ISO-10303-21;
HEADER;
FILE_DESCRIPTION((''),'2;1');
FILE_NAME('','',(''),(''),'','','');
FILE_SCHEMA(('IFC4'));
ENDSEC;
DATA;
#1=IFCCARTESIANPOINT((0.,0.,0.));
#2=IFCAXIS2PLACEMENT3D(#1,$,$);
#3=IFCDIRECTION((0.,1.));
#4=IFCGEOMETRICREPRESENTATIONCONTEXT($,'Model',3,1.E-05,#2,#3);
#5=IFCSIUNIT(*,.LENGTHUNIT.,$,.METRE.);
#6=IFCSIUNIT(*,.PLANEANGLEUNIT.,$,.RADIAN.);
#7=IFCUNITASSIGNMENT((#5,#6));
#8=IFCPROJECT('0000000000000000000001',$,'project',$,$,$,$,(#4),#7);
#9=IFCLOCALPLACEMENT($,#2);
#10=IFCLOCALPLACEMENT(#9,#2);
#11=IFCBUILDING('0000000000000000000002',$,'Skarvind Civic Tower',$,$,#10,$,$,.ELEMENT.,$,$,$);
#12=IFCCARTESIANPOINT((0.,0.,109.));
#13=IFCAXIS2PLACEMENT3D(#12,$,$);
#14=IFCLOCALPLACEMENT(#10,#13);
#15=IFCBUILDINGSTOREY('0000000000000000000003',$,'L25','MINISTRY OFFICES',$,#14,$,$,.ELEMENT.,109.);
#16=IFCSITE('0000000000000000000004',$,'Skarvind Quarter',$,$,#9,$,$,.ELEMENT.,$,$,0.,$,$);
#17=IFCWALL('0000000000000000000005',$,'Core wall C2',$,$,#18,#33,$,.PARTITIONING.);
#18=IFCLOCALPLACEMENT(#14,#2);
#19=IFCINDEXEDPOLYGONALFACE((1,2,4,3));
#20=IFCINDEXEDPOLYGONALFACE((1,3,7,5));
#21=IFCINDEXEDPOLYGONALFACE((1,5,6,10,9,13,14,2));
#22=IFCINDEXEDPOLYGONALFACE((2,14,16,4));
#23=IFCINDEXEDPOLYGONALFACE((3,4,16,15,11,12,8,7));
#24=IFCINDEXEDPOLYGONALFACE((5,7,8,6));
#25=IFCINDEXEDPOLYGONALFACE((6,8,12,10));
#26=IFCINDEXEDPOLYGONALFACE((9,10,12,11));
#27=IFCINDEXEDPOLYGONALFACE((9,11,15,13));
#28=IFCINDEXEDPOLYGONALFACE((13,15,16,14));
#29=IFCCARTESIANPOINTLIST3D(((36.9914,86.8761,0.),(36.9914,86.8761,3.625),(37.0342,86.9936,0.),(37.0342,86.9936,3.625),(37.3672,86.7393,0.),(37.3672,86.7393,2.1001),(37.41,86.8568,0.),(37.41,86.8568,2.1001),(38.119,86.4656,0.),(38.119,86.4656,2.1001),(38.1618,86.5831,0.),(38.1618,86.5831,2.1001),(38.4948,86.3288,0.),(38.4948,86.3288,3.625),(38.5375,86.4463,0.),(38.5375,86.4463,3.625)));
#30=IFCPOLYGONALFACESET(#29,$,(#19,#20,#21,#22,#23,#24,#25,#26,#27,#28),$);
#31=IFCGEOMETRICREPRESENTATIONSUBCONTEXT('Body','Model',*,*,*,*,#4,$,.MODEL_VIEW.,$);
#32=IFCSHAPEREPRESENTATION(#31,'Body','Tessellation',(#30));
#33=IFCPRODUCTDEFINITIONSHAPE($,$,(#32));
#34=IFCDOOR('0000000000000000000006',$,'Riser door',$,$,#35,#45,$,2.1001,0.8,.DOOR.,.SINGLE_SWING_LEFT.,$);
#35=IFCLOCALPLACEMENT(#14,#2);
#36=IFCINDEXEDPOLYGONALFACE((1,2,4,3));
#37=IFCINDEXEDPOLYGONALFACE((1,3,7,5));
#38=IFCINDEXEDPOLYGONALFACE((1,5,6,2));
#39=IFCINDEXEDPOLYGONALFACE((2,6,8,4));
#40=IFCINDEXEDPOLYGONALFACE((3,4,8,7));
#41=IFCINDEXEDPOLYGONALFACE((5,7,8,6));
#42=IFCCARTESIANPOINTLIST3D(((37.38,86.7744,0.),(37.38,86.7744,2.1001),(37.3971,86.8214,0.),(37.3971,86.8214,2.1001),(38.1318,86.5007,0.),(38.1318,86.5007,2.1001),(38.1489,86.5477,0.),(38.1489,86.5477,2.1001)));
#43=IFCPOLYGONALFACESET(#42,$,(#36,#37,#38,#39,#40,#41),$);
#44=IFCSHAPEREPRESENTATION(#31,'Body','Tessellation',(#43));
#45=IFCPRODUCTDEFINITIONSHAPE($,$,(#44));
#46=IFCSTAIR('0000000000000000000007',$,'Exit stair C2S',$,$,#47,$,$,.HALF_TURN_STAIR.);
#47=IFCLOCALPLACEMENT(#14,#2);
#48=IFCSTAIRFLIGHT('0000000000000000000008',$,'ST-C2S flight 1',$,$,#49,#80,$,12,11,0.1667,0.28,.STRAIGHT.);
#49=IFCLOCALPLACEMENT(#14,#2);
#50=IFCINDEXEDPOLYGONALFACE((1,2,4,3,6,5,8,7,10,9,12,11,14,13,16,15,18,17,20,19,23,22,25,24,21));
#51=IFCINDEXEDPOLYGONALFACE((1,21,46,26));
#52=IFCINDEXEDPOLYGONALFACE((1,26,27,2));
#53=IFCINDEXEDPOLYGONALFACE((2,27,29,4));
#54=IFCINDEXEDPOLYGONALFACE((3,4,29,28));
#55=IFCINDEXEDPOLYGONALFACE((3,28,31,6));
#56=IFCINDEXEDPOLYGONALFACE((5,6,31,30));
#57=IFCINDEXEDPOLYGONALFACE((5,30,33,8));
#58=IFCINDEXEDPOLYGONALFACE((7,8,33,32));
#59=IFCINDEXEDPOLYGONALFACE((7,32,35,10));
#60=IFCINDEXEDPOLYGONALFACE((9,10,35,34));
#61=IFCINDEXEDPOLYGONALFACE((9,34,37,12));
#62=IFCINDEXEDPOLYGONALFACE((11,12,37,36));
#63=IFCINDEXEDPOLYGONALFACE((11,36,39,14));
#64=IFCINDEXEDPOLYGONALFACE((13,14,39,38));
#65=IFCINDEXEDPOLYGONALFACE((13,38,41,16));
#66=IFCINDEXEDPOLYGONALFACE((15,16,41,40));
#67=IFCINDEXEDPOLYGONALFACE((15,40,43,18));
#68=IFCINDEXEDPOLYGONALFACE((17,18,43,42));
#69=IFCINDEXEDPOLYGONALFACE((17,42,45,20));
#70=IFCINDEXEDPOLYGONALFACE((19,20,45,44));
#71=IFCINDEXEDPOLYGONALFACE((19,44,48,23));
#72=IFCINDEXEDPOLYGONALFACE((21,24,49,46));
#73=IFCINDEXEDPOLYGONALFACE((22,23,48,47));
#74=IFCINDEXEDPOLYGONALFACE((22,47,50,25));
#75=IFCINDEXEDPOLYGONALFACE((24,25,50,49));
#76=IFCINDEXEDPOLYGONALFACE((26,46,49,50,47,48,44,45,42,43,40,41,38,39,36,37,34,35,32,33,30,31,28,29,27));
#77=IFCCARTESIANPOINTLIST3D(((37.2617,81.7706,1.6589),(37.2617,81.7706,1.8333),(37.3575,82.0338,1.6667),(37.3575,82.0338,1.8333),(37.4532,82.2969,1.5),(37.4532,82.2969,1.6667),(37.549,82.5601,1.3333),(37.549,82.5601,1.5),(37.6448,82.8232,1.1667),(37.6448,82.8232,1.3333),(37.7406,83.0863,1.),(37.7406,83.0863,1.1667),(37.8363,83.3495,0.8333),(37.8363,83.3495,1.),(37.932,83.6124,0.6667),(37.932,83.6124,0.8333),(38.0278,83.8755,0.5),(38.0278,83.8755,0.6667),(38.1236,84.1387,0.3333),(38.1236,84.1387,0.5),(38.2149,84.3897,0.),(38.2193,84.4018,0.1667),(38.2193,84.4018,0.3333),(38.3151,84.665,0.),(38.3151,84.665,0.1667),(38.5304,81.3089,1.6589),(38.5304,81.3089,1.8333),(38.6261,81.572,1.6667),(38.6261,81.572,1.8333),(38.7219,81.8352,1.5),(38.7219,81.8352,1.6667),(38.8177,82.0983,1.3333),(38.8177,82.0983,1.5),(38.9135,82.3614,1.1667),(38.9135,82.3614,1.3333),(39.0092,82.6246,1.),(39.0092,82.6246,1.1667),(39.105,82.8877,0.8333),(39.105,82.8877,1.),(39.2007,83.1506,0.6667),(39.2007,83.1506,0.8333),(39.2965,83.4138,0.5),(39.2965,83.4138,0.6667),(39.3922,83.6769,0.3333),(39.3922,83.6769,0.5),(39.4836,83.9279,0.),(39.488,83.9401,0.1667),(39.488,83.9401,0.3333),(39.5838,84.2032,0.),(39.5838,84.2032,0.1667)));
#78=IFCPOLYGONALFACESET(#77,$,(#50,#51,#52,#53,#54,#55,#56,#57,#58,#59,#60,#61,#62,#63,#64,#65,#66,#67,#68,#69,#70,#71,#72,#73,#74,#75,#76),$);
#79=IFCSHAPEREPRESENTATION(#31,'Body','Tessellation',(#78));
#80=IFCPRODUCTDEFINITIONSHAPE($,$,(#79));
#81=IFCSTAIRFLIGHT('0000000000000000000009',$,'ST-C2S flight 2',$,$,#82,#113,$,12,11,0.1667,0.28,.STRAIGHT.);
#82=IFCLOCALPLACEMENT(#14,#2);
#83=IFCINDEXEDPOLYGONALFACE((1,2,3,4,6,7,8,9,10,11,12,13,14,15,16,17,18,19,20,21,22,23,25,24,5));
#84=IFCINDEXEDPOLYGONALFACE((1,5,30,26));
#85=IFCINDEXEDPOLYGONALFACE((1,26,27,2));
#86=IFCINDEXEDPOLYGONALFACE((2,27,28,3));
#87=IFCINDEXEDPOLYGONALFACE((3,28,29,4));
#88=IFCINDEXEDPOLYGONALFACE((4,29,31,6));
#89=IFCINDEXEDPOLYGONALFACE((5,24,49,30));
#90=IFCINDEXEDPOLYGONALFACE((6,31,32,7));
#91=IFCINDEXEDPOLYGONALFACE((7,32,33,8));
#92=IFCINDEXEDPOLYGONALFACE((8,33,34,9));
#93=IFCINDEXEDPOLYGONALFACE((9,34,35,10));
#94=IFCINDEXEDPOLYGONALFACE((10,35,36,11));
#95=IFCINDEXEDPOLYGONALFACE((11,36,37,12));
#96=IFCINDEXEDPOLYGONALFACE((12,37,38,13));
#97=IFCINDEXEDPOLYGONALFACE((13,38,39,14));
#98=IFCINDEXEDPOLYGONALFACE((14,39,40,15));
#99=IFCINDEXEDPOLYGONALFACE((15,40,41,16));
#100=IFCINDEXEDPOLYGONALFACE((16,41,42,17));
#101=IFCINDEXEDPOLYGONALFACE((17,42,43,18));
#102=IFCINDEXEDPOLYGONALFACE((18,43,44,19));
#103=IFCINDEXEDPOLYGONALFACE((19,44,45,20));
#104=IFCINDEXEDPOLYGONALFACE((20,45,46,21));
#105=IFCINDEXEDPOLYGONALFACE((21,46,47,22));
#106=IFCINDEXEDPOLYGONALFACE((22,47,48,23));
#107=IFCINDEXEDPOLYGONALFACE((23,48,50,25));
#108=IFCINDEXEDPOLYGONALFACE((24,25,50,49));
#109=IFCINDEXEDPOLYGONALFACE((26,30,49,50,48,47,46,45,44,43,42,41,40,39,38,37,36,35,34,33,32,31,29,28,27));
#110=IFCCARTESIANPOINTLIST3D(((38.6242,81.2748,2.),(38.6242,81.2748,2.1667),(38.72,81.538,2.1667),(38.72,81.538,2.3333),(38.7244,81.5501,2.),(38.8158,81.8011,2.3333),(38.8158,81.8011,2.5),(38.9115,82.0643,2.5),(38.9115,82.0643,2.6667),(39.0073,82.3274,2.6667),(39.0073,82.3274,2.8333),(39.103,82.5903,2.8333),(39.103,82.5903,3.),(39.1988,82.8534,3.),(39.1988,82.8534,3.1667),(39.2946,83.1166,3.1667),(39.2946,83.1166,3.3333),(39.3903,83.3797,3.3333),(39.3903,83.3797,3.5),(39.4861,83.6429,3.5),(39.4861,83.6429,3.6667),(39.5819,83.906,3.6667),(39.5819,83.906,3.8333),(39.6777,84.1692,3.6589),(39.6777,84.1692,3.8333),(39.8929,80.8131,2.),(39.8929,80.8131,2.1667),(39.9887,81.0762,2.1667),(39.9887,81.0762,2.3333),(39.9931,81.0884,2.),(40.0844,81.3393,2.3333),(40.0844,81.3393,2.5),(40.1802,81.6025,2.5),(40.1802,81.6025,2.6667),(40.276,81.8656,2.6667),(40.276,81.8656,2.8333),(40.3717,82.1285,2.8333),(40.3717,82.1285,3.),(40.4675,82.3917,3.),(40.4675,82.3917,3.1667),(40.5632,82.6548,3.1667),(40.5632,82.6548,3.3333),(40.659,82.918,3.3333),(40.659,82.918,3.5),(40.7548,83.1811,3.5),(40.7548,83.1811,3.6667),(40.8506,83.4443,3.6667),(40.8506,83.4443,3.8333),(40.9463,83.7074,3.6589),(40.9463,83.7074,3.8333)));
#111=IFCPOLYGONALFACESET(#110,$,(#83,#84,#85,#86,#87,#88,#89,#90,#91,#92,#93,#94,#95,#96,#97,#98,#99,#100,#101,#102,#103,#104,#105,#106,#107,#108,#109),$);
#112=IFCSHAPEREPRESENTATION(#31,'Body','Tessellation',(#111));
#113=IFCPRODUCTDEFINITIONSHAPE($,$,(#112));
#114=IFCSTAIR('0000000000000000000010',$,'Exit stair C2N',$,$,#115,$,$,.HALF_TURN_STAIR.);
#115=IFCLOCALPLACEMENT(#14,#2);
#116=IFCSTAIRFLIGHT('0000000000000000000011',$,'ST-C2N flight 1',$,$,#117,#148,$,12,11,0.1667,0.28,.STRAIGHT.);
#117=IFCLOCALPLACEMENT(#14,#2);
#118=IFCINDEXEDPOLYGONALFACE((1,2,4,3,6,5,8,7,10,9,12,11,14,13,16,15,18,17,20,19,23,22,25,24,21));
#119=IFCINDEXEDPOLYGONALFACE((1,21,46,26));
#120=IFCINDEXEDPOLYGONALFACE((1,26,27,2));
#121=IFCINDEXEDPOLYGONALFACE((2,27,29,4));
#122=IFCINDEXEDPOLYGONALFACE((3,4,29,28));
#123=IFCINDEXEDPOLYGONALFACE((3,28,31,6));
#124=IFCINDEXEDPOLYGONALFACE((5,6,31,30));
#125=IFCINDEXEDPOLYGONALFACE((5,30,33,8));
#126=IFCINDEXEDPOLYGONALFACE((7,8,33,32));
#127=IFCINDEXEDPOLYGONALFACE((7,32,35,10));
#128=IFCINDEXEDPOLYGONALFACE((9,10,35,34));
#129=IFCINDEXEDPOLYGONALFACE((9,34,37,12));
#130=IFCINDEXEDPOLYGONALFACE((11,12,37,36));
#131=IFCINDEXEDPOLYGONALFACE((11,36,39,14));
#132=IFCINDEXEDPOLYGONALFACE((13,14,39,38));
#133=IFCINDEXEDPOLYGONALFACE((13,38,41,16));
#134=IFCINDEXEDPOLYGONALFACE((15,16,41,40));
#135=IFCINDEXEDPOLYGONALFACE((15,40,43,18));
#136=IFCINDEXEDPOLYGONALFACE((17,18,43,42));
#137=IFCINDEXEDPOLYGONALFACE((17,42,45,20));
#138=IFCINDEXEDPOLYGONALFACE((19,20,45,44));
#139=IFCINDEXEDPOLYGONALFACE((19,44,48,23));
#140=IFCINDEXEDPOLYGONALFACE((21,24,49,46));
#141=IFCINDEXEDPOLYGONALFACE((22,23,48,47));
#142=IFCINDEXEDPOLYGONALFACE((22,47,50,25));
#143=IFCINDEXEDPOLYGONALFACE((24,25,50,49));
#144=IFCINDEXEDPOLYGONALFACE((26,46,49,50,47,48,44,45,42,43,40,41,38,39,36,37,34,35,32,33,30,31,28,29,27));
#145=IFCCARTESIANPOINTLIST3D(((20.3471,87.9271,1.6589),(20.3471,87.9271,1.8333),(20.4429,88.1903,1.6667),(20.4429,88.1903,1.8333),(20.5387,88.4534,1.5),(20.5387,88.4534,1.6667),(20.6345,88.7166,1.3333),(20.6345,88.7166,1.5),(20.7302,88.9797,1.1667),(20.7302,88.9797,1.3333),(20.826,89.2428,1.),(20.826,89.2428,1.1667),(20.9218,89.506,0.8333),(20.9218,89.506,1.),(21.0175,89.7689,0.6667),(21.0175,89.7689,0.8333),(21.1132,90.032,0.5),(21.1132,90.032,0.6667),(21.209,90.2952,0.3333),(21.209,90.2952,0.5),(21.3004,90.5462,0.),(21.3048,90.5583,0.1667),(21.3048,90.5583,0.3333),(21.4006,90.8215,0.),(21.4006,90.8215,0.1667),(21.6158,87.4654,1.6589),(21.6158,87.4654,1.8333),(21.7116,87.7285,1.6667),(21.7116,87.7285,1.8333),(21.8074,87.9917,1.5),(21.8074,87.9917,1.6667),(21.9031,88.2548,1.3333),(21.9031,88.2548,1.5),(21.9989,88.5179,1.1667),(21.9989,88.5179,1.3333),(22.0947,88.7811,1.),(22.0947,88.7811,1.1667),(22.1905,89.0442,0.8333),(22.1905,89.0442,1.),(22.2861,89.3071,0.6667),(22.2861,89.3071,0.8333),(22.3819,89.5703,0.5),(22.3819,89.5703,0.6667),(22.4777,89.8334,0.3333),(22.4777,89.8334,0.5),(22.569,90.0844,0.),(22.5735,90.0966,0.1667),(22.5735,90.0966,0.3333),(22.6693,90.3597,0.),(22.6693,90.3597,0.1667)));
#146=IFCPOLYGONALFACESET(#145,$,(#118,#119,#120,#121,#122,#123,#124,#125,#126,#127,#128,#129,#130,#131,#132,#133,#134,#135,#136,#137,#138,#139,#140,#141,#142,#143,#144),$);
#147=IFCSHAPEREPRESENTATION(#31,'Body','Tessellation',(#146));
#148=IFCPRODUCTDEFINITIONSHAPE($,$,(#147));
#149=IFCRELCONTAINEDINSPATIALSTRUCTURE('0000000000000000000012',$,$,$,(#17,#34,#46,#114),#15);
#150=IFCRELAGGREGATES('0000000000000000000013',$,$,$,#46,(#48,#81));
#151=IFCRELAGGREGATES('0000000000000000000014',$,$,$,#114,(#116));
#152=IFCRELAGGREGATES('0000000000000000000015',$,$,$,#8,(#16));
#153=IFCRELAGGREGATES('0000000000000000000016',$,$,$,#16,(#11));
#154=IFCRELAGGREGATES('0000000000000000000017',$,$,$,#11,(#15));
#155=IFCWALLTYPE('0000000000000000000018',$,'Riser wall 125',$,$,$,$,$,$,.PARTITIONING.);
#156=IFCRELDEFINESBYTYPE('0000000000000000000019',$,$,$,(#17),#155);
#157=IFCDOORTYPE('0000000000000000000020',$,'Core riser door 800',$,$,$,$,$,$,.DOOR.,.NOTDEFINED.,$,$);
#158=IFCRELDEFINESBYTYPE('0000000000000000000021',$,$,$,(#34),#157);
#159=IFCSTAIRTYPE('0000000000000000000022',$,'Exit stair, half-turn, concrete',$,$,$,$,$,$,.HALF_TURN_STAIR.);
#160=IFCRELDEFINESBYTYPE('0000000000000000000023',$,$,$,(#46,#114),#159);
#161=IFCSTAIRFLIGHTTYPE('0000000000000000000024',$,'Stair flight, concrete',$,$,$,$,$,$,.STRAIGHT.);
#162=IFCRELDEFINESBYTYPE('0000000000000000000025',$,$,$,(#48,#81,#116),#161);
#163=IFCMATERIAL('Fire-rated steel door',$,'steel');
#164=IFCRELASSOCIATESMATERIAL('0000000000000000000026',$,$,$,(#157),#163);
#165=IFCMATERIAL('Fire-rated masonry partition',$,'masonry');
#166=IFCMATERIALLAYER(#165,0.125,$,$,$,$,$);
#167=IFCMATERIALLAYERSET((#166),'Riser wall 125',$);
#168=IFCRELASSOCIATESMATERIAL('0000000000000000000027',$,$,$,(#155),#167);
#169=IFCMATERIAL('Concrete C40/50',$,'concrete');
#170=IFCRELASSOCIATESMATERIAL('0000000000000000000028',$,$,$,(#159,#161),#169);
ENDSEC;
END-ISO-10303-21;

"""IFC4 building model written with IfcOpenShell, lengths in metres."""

from ifc_helpers import new_model, si_unit, direction, frame, frame_2d, origin, place, context, subcontext, project, spatial, polyline, rectangle, outline, extrude, material, layer, layer_set, type_object, element, fill, aggregate, save


model = new_model("IFC4")

# Units and contexts
model_context = context("Model", 3, precision=1e-05, world=origin(), true_north=direction((0.0, 1.0)))
body_context = subcontext(model_context, "Body", "Model", "MODEL_VIEW")
ifc_project = project(units=[si_unit("LENGTHUNIT", "METRE"), si_unit("PLANEANGLEUNIT", "RADIAN")], contexts=[model_context])

# Site, building, storey
site_placement = place(None, origin())
site = spatial("IfcSite", under=ifc_project, at=site_placement, Name="Skarvind Quarter", CompositionType="ELEMENT", RefElevation=0.0)
building_placement = place(site_placement, origin())
building = spatial("IfcBuilding", under=site, at=building_placement, Name="Skarvind Civic Tower", CompositionType="ELEMENT")
storey_placement = place(building_placement, frame((0.0, 0.0, 109.0)))
storey = spatial("IfcBuildingStorey", under=building, at=storey_placement, Name="L25", Description="MINISTRY OFFICES", CompositionType="ELEMENT", Elevation=109.0)

# Shared definitions
ifc_material_1 = material(Name="Fire-rated steel door", Category="steel")

# Shared definitions
door_type_1 = type_object("IfcDoorType", Name="Core riser door 800", OperationType="NOTDEFINED", PredefinedType="DOOR", material=ifc_material_1)

# Wall, opening, door
ifc_material_2 = material(Name="Fire-rated masonry partition", Category="masonry")
ifc_layer_1 = layer(ifc_material_2, 0.125)
ifc_layer_set_1 = layer_set([ifc_layer_1], Name="Riser wall 125")
wall_type_1 = type_object("IfcWallType", Name="Riser wall 125", PredefinedType="PARTITIONING", material=ifc_layer_set_1)
wall_1_placement = place(storey_placement, frame((37.0129, 86.9348, 0.0), z_axis=(0.0, 0.0, 1.0), x_axis=(0.93966, -0.342111, 0.0)))
wall_1 = element("IfcWall", 1, at=wall_1_placement, inside=storey, type_object=wall_type_1, Name="Core wall C2", PredefinedType="PARTITIONING", context=body_context, shape_type="SweptSolid", body=[
    extrude(rectangle(XDim=1.5999, YDim=0.125, at=frame_2d((0.7998, 0.0))), origin(), (0.0, 0.0, 1.0), 3.625),
])
opening_1_placement = place(wall_1_placement, frame((0.3999, 0.0, 0.0)))
opening_1 = element("IfcOpeningElement", 2, at=opening_1_placement, cuts=wall_1, PredefinedType="OPENING", context=body_context, shape_type="SweptSolid", body=[
    extrude(rectangle(XDim=0.8, YDim=2.1001, at=frame_2d((0.3999, 1.05))), frame((0.0, 0.0725, 0.0), z_axis=(0.0, -1.0, 0.0), x_axis=(1.0, 0.0, 0.0)), (0.0, 0.0, 1.0), 0.145),
])
door_1_placement = place(opening_1_placement, origin())
door_1 = element("IfcDoor", 3, at=door_1_placement, inside=storey, type_object=door_type_1, Name="Riser door", OperationType="SINGLE_SWING_LEFT", OverallHeight=2.1001, OverallWidth=0.8, PredefinedType="DOOR", context=body_context, shape_type="SweptSolid", body=[
    extrude(rectangle(XDim=0.8, YDim=2.1001, at=frame_2d((0.3999, 1.05))), frame((0.0, 0.0249, 0.0), z_axis=(0.0, -1.0, 0.0), x_axis=(1.0, 0.0, 0.0)), (0.0, 0.0, 1.0), 0.05),
])
fill(opening_1, door_1)

# Stairs, stair flights
ifc_material_3 = material(Name="Concrete C40/50", Category="concrete")
stair_type = type_object("IfcStairType", Name="Exit stair, half-turn, concrete", PredefinedType="HALF_TURN_STAIR", material=ifc_material_3)
stair_1_placement = place(storey_placement, origin())
stair_1 = element("IfcStair", 4, at=stair_1_placement, inside=storey, type_object=stair_type, Name="Exit stair C2S", PredefinedType="HALF_TURN_STAIR")
stair_flight_type = type_object("IfcStairFlightType", Name="Stair flight, concrete", PredefinedType="STRAIGHT", material=ifc_material_3)
stair_flight_1_placement = place(storey_placement, frame((38.9495, 84.4341, 0.0), z_axis=(0.0, 0.0, 1.0), x_axis=(-0.34202, -0.939693, 0.0)))
stair_flight_1 = element("IfcStairFlight", 5, at=stair_flight_1_placement, type_object=stair_flight_type, Name="ST-C2S flight 1", NumberOfRisers=12, NumberOfTreads=11, PredefinedType="STRAIGHT", RiserHeight=0.1667, TreadLength=0.28, context=body_context, shape_type="SweptSolid", body=[
    extrude(outline(polyline([(0.0, 0.0), (0.0, 0.1667), (0.28, 0.1667), (0.28, 0.3333), (0.5601, 0.3333), (0.5601, 0.5), (0.8401, 0.5), (0.8401, 0.6667), (1.1201, 0.6667), (1.1201, 0.8333), (1.3999, 0.8333), (1.3999, 1.0), (1.6799, 1.0), (1.6799, 1.1667), (1.96, 1.1667), (1.96, 1.3333), (2.24, 1.3333), (2.24, 1.5), (2.52, 1.5), (2.52, 1.6667), (2.8, 1.6667), (2.8, 1.8333), (3.0801, 1.8333), (3.0801, 2.0), (3.0801, 1.6589), (0.293, 0.0), (0.0, 0.0)])), frame((0.0, 0.675, 0.0), z_axis=(0.0, -1.0, 0.0), x_axis=(1.0, 0.0, 0.0)), (0.0, 0.0, 1.0), 1.3501),
])
stair_flight_2_placement = place(storey_placement, frame((39.2585, 81.0439, 2.0), z_axis=(0.0, 0.0, 1.0), x_axis=(0.34202, 0.939693, 0.0)))
stair_flight_2 = element("IfcStairFlight", 6, at=stair_flight_2_placement, type_object=stair_flight_type, Name="ST-C2S flight 2", NumberOfRisers=12, NumberOfTreads=11, PredefinedType="STRAIGHT", RiserHeight=0.1667, TreadLength=0.28, context=body_context, shape_type="SweptSolid", body=[
    extrude(outline(polyline([(0.0, 0.0), (0.0, 0.1667), (0.28, 0.1667), (0.28, 0.3333), (0.5601, 0.3333), (0.5601, 0.5), (0.8401, 0.5), (0.8401, 0.6667), (1.1201, 0.6667), (1.1201, 0.8333), (1.3999, 0.8333), (1.3999, 1.0), (1.6799, 1.0), (1.6799, 1.1667), (1.96, 1.1667), (1.96, 1.3333), (2.24, 1.3333), (2.24, 1.5), (2.52, 1.5), (2.52, 1.6667), (2.8, 1.6667), (2.8, 1.8333), (3.0801, 1.8333), (3.0801, 2.0), (3.0801, 1.6589), (0.293, 0.0), (0.0, 0.0)])), frame((0.0, 0.675, 0.0), z_axis=(0.0, -1.0, 0.0), x_axis=(1.0, 0.0, 0.0)), (0.0, 0.0, 1.0), 1.3501),
])
aggregate(stair_1, [stair_flight_1, stair_flight_2])
stair_2_placement = place(storey_placement, origin())
stair_2 = element("IfcStair", 7, at=stair_2_placement, inside=storey, type_object=stair_type, Name="Exit stair C2N", PredefinedType="HALF_TURN_STAIR")
stair_flight_3_placement = place(storey_placement, frame((22.0349, 90.5906, 0.0), z_axis=(0.0, 0.0, 1.0), x_axis=(-0.34202, -0.939693, 0.0)))
stair_flight_3 = element("IfcStairFlight", 8, at=stair_flight_3_placement, type_object=stair_flight_type, Name="ST-C2N flight 1", NumberOfRisers=12, NumberOfTreads=11, PredefinedType="STRAIGHT", RiserHeight=0.1667, TreadLength=0.28, context=body_context, shape_type="SweptSolid", body=[
    extrude(outline(polyline([(0.0, 0.0), (0.0, 0.1667), (0.28, 0.1667), (0.28, 0.3333), (0.5601, 0.3333), (0.5601, 0.5), (0.8401, 0.5), (0.8401, 0.6667), (1.1201, 0.6667), (1.1201, 0.8333), (1.3999, 0.8333), (1.3999, 1.0), (1.6799, 1.0), (1.6799, 1.1667), (1.96, 1.1667), (1.96, 1.3333), (2.24, 1.3333), (2.24, 1.5), (2.52, 1.5), (2.52, 1.6667), (2.8, 1.6667), (2.8, 1.8333), (3.0801, 1.8333), (3.0801, 2.0), (3.0801, 1.6589), (0.293, 0.0), (0.0, 0.0)])), frame((0.0, 0.675, 0.0), z_axis=(0.0, -1.0, 0.0), x_axis=(1.0, 0.0, 0.0)), (0.0, 0.0, 1.0), 1.3501),
])
aggregate(stair_2, [stair_flight_3])

save(model, "model.ifc")
